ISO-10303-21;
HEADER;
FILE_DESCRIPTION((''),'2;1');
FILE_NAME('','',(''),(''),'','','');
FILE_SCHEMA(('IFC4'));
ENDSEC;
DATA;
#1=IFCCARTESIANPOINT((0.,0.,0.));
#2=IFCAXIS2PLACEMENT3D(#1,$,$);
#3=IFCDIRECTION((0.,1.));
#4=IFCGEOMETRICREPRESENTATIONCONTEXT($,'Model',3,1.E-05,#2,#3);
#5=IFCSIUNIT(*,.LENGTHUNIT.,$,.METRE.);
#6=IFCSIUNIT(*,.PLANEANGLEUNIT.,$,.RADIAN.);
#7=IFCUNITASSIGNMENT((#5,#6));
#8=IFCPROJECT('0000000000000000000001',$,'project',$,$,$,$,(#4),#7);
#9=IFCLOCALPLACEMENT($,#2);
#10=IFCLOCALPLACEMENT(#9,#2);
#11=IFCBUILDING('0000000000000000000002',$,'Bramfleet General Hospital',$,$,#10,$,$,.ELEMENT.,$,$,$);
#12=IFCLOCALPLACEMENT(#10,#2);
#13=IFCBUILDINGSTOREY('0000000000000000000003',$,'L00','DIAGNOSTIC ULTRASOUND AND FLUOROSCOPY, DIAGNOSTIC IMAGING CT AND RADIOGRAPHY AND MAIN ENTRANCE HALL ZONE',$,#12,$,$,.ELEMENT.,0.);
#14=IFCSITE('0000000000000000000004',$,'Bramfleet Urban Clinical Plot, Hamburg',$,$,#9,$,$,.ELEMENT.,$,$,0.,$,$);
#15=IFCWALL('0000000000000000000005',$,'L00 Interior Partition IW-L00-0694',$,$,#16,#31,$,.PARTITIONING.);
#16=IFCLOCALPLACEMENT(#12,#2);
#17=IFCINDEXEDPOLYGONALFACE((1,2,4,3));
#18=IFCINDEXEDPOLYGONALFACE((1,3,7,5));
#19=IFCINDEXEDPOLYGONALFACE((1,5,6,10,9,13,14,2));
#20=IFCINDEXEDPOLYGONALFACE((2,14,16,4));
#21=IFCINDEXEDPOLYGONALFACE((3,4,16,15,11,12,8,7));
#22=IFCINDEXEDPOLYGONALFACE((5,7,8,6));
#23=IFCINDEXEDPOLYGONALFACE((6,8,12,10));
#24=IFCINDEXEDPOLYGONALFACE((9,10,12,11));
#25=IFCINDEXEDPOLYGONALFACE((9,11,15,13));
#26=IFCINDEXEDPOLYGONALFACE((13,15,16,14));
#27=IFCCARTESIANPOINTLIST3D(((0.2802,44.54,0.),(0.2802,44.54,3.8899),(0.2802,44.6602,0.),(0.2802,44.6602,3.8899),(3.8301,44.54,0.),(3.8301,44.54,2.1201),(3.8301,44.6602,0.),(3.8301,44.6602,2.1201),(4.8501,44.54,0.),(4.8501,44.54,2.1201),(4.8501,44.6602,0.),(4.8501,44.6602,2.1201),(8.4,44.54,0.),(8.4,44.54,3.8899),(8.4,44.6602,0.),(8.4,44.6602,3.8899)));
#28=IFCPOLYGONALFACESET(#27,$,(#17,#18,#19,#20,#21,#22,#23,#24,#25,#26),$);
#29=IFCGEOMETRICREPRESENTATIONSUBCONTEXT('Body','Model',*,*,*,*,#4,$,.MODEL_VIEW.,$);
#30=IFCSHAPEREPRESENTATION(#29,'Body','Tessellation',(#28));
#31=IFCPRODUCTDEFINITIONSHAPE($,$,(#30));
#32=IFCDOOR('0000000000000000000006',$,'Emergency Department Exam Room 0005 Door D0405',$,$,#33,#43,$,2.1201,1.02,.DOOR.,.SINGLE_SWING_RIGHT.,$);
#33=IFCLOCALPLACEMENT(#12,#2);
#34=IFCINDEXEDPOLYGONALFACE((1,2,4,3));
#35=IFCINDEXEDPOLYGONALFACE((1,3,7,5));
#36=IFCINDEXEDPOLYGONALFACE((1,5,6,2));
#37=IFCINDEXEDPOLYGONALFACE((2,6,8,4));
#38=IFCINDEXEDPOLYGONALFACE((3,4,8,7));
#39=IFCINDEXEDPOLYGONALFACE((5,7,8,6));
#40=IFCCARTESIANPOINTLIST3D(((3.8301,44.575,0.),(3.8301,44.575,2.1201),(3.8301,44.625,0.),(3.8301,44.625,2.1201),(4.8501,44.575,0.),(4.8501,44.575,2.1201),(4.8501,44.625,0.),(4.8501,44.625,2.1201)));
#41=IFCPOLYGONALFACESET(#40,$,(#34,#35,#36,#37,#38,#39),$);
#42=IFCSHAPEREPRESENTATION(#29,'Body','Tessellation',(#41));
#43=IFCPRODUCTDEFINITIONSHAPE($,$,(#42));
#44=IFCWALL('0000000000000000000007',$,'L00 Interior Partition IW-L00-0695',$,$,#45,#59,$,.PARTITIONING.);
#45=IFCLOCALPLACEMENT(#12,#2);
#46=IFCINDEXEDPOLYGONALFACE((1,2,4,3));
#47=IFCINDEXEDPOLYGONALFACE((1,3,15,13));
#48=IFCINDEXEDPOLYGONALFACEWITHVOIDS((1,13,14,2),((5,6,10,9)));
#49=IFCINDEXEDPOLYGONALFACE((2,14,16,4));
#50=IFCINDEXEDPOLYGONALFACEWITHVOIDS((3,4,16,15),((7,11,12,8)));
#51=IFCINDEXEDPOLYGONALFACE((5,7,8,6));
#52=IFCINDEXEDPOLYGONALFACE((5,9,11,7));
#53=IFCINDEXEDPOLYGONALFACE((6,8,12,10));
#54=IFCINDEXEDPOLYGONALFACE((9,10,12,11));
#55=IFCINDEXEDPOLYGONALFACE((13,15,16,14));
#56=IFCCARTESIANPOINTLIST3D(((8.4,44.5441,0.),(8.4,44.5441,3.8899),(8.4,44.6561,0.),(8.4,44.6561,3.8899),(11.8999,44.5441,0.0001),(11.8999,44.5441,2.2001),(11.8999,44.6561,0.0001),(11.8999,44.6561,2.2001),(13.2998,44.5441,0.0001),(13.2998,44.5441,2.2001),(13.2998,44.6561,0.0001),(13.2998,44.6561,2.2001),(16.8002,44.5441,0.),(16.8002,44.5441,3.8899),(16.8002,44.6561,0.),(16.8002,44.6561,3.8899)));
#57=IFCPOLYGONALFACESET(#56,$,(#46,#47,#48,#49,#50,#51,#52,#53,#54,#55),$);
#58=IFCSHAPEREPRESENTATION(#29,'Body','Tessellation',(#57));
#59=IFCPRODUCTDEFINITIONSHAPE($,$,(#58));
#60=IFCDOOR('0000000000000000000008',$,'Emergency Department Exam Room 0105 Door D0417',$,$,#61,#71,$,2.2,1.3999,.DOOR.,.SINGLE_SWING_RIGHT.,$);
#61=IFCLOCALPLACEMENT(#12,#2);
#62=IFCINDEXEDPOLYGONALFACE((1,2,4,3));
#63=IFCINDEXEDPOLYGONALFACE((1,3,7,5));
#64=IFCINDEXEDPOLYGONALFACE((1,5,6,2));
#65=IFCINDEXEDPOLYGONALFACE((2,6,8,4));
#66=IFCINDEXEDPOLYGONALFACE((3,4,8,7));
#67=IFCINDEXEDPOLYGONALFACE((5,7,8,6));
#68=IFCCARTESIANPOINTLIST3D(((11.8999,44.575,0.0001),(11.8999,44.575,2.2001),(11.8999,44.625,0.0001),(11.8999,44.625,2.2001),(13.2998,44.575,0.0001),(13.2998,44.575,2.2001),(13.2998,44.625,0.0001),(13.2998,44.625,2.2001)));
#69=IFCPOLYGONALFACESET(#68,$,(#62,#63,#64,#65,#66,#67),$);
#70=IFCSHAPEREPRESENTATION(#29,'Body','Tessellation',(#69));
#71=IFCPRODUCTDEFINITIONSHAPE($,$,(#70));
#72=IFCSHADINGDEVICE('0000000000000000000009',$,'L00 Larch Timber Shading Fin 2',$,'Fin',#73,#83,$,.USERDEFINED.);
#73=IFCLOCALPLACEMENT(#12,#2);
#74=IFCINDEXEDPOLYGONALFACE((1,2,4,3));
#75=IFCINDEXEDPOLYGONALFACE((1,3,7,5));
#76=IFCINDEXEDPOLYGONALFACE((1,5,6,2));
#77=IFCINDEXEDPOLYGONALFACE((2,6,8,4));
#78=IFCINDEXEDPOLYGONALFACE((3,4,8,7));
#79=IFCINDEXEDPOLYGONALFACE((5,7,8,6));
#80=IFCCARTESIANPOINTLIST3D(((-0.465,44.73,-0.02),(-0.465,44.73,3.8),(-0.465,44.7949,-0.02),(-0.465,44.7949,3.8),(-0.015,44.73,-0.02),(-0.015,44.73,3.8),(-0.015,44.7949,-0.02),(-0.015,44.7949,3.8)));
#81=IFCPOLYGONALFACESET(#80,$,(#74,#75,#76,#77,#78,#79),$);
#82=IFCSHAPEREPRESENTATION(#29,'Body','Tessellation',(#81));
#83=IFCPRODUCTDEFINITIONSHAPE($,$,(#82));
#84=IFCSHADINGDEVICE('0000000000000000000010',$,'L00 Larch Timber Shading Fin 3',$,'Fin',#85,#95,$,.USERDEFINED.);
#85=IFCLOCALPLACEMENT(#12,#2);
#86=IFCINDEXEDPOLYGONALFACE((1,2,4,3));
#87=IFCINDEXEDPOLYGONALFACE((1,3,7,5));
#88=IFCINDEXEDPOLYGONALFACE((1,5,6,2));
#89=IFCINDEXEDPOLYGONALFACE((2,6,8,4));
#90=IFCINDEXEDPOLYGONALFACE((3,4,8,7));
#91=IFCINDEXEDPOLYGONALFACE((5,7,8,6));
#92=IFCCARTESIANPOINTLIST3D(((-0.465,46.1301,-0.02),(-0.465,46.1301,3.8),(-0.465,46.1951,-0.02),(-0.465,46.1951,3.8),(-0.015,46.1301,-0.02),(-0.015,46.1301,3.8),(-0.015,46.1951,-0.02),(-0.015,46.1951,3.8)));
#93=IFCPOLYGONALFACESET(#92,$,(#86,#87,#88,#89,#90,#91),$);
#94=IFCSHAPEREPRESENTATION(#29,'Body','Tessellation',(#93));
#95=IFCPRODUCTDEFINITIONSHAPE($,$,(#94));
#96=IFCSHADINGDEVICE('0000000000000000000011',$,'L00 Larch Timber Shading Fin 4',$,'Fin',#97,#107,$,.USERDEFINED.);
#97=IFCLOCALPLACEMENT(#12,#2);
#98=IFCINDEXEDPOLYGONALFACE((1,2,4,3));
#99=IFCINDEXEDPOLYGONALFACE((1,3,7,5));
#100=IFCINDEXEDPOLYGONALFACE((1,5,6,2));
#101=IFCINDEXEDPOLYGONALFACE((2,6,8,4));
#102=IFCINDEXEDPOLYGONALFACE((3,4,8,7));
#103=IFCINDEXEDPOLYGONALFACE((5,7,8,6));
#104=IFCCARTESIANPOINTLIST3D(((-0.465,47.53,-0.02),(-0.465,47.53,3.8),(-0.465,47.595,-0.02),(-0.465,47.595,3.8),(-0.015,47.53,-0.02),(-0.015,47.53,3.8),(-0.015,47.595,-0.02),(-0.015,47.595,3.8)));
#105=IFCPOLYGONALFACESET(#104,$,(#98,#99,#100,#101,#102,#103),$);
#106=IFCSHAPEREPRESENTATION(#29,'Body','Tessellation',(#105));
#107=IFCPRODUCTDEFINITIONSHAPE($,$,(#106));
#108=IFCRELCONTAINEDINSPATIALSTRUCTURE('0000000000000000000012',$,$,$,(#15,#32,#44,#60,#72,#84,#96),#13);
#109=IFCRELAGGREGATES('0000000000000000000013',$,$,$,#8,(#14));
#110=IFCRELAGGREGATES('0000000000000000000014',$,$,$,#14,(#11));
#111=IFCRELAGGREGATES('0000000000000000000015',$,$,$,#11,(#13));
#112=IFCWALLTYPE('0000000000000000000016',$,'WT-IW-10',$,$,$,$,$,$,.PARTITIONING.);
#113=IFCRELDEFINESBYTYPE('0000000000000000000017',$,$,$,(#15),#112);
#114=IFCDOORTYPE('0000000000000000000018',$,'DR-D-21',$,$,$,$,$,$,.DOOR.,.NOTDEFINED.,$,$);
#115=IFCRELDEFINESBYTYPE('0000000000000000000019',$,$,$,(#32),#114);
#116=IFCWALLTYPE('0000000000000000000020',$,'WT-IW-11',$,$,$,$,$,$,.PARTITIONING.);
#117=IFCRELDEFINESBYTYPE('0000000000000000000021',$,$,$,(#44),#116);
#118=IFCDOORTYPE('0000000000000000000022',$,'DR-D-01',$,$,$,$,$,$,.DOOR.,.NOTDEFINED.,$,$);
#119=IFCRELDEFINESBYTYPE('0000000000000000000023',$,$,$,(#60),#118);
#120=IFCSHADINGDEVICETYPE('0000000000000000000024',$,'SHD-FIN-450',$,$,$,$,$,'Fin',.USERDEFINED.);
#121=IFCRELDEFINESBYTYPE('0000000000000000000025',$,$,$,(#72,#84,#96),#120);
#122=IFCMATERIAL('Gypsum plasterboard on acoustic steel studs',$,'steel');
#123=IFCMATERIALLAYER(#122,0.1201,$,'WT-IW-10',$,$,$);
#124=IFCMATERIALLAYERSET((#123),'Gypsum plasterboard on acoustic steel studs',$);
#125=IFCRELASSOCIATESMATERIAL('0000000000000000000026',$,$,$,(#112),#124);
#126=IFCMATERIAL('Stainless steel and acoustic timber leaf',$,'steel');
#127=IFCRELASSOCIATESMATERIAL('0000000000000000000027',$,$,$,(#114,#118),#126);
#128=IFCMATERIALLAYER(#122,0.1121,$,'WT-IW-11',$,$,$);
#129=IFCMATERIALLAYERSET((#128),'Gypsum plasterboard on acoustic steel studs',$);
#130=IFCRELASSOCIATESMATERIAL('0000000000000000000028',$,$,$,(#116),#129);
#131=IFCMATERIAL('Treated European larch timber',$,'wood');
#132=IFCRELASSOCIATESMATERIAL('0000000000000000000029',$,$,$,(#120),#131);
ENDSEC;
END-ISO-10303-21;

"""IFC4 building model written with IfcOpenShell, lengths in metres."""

from ifc_helpers import new_model, si_unit, direction, frame, frame_2d, origin, origin_2d, place, context, subcontext, project, spatial, rectangle, extrude, material, layer, layer_set, material_profile, profile_set, type_object, element, fill, save


model = new_model("IFC4")

# Units and contexts
model_context = context("Model", 3, precision=1e-05, world=origin(), true_north=direction((0.0, 1.0)))
body_context = subcontext(model_context, "Body", "Model", "MODEL_VIEW")
ifc_project = project(units=[si_unit("LENGTHUNIT", "METRE"), si_unit("PLANEANGLEUNIT", "RADIAN")], contexts=[model_context])

# Site, building, storey
site_placement = place(None, origin())
site = spatial("IfcSite", under=ifc_project, at=site_placement, Name="Bramfleet Urban Clinical Plot, Hamburg", CompositionType="ELEMENT", RefElevation=0.0)
building_placement = place(site_placement, origin())
building = spatial("IfcBuilding", under=site, at=building_placement, Name="Bramfleet General Hospital", CompositionType="ELEMENT")
storey_placement = place(building_placement, origin())
storey = spatial("IfcBuildingStorey", under=building, at=storey_placement, Name="L00", Description="DIAGNOSTIC ULTRASOUND AND FLUOROSCOPY, DIAGNOSTIC IMAGING CT AND RADIOGRAPHY AND MAIN ENTRANCE HALL ZONE", CompositionType="ELEMENT", Elevation=0.0)

# Walls, openings, doors
ifc_material_1 = material(Name="Gypsum plasterboard on acoustic steel studs", Category="steel")
ifc_layer_1 = layer(ifc_material_1, 0.1201, Name="WT-IW-10")
ifc_layer_set_1 = layer_set([ifc_layer_1], Name="Gypsum plasterboard on acoustic steel studs")
wall_type_1 = type_object("IfcWallType", Name="WT-IW-10", PredefinedType="PARTITIONING", material=ifc_layer_set_1)
wall_1_placement = place(storey_placement, frame((0.28, 44.6001, 0.0), z_axis=(0.0, 0.0, 1.0), x_axis=(1.0, 0.0, 0.0)))
wall_1 = element("IfcWall", 1, at=wall_1_placement, inside=storey, type_object=wall_type_1, Name="L00 Interior Partition IW-L00-0694", PredefinedType="PARTITIONING", context=body_context, shape_type="SweptSolid", body=[
    extrude(rectangle(XDim=8.1199, YDim=0.1201, at=frame_2d((4.0601, 0.0))), origin(), (0.0, 0.0, 1.0), 3.8899),
])
opening_1_placement = place(wall_1_placement, frame((3.55, 0.0, 0.0)))
opening_1 = element("IfcOpeningElement", 2, at=opening_1_placement, cuts=wall_1, PredefinedType="OPENING", context=body_context, shape_type="SweptSolid", body=[
    extrude(rectangle(XDim=1.02, YDim=2.1201, at=frame_2d((0.51, 1.0601))), frame((0.0, 0.0701, 0.0), z_axis=(0.0, -1.0, 0.0), x_axis=(1.0, 0.0, 0.0)), (0.0, 0.0, 1.0), 0.1401),
])
ifc_material_2 = material(Name="Stainless steel and acoustic timber leaf", Category="steel")
door_type_1 = type_object("IfcDoorType", Name="DR-D-21", OperationType="NOTDEFINED", PredefinedType="DOOR", material=ifc_material_2)
door_1_placement = place(opening_1_placement, origin())
door_1 = element("IfcDoor", 3, at=door_1_placement, inside=storey, type_object=door_type_1, Name="Emergency Department Exam Room 0005 Door D0405", OperationType="SINGLE_SWING_RIGHT", OverallHeight=2.1201, OverallWidth=1.02, PredefinedType="DOOR", context=body_context, shape_type="SweptSolid", body=[
    extrude(rectangle(XDim=1.02, YDim=2.1201, at=frame_2d((0.51, 1.0601))), frame((0.0, 0.0249, 0.0), z_axis=(0.0, -1.0, 0.0), x_axis=(1.0, 0.0, 0.0)), (0.0, 0.0, 1.0), 0.05),
])
fill(opening_1, door_1)
ifc_layer_2 = layer(ifc_material_1, 0.1121, Name="WT-IW-11")
ifc_layer_set_2 = layer_set([ifc_layer_2], Name="Gypsum plasterboard on acoustic steel studs")
wall_type_2 = type_object("IfcWallType", Name="WT-IW-11", PredefinedType="PARTITIONING", material=ifc_layer_set_2)
wall_2_placement = place(storey_placement, frame((8.3999, 44.6001, 0.0), z_axis=(0.0, 0.0, 1.0), x_axis=(1.0, 0.0, 0.0)))
wall_2 = element("IfcWall", 4, at=wall_2_placement, inside=storey, type_object=wall_type_2, Name="L00 Interior Partition IW-L00-0695", PredefinedType="PARTITIONING", context=body_context, shape_type="SweptSolid", body=[
    extrude(rectangle(XDim=8.4001, YDim=0.1121, at=frame_2d((4.2002, 0.0))), origin(), (0.0, 0.0, 1.0), 3.8899),
])
opening_2_placement = place(wall_2_placement, frame((3.5, 0.0, 0.0)))
opening_2 = element("IfcOpeningElement", 5, at=opening_2_placement, cuts=wall_2, PredefinedType="OPENING", context=body_context, shape_type="SweptSolid", body=[
    extrude(rectangle(XDim=1.3999, YDim=2.2, at=frame_2d((0.7, 1.1001))), frame((0.0, 0.0659, 0.0), z_axis=(0.0, -1.0, 0.0), x_axis=(1.0, 0.0, 0.0)), (0.0, 0.0, 1.0), 0.1321),
])
door_type_2 = type_object("IfcDoorType", Name="DR-D-01", OperationType="NOTDEFINED", PredefinedType="DOOR", material=ifc_material_2)
door_2_placement = place(opening_2_placement, origin())
door_2 = element("IfcDoor", 6, at=door_2_placement, inside=storey, type_object=door_type_2, Name="Emergency Department Exam Room 0105 Door D0417", OperationType="SINGLE_SWING_RIGHT", OverallHeight=2.2, OverallWidth=1.3999, PredefinedType="DOOR", context=body_context, shape_type="SweptSolid", body=[
    extrude(rectangle(XDim=1.3999, YDim=2.2, at=frame_2d((0.7, 1.1001))), frame((0.0, 0.0249, 0.0), z_axis=(0.0, -1.0, 0.0), x_axis=(1.0, 0.0, 0.0)), (0.0, 0.0, 1.0), 0.05),
])
fill(opening_2, door_2)

# Shading devices
ifc_material_3 = material(Name="Treated European larch timber", Category="wood")
ifc_material_profile_1 = material_profile(ifc_material_3, rectangle(XDim=0.0649, YDim=0.45, at=origin_2d()), Name="LARCH FIN 450x65")
ifc_profile_set_1 = profile_set([ifc_material_profile_1], Name="Treated European larch timber")
shading_device_type = type_object("IfcShadingDeviceType", Name="SHD-FIN-450", ElementType="Fin", PredefinedType="USERDEFINED", material=ifc_profile_set_1)
for number, where, z_axis, x_axis, name in (
    (7, (-0.24, 44.7625, -0.02), (0.0, 0.0, 1.0), (0.0, 1.0, 0.0), "L00 Larch Timber Shading Fin 2"),
    (8, (-0.24, 46.1626, -0.02), (0.0, 0.0, 1.0), (0.0, 1.0, 0.0), "L00 Larch Timber Shading Fin 3"),
    (9, (-0.24, 47.5625, -0.02), (0.0, 0.0, 1.0), (0.0, 1.0, 0.0), "L00 Larch Timber Shading Fin 4"),
):
    element("IfcShadingDevice", number, at=place(storey_placement, frame(where, z_axis=z_axis, x_axis=x_axis)), inside=storey, type_object=shading_device_type, Name=name, ObjectType="Fin", PredefinedType="USERDEFINED", context=body_context, shape_type="SweptSolid", body=[
        extrude(rectangle(XDim=0.0649, YDim=0.45, at=origin_2d()), origin(), (0.0, 0.0, 1.0), 3.8201),
    ])

save(model, "model.ifc")
